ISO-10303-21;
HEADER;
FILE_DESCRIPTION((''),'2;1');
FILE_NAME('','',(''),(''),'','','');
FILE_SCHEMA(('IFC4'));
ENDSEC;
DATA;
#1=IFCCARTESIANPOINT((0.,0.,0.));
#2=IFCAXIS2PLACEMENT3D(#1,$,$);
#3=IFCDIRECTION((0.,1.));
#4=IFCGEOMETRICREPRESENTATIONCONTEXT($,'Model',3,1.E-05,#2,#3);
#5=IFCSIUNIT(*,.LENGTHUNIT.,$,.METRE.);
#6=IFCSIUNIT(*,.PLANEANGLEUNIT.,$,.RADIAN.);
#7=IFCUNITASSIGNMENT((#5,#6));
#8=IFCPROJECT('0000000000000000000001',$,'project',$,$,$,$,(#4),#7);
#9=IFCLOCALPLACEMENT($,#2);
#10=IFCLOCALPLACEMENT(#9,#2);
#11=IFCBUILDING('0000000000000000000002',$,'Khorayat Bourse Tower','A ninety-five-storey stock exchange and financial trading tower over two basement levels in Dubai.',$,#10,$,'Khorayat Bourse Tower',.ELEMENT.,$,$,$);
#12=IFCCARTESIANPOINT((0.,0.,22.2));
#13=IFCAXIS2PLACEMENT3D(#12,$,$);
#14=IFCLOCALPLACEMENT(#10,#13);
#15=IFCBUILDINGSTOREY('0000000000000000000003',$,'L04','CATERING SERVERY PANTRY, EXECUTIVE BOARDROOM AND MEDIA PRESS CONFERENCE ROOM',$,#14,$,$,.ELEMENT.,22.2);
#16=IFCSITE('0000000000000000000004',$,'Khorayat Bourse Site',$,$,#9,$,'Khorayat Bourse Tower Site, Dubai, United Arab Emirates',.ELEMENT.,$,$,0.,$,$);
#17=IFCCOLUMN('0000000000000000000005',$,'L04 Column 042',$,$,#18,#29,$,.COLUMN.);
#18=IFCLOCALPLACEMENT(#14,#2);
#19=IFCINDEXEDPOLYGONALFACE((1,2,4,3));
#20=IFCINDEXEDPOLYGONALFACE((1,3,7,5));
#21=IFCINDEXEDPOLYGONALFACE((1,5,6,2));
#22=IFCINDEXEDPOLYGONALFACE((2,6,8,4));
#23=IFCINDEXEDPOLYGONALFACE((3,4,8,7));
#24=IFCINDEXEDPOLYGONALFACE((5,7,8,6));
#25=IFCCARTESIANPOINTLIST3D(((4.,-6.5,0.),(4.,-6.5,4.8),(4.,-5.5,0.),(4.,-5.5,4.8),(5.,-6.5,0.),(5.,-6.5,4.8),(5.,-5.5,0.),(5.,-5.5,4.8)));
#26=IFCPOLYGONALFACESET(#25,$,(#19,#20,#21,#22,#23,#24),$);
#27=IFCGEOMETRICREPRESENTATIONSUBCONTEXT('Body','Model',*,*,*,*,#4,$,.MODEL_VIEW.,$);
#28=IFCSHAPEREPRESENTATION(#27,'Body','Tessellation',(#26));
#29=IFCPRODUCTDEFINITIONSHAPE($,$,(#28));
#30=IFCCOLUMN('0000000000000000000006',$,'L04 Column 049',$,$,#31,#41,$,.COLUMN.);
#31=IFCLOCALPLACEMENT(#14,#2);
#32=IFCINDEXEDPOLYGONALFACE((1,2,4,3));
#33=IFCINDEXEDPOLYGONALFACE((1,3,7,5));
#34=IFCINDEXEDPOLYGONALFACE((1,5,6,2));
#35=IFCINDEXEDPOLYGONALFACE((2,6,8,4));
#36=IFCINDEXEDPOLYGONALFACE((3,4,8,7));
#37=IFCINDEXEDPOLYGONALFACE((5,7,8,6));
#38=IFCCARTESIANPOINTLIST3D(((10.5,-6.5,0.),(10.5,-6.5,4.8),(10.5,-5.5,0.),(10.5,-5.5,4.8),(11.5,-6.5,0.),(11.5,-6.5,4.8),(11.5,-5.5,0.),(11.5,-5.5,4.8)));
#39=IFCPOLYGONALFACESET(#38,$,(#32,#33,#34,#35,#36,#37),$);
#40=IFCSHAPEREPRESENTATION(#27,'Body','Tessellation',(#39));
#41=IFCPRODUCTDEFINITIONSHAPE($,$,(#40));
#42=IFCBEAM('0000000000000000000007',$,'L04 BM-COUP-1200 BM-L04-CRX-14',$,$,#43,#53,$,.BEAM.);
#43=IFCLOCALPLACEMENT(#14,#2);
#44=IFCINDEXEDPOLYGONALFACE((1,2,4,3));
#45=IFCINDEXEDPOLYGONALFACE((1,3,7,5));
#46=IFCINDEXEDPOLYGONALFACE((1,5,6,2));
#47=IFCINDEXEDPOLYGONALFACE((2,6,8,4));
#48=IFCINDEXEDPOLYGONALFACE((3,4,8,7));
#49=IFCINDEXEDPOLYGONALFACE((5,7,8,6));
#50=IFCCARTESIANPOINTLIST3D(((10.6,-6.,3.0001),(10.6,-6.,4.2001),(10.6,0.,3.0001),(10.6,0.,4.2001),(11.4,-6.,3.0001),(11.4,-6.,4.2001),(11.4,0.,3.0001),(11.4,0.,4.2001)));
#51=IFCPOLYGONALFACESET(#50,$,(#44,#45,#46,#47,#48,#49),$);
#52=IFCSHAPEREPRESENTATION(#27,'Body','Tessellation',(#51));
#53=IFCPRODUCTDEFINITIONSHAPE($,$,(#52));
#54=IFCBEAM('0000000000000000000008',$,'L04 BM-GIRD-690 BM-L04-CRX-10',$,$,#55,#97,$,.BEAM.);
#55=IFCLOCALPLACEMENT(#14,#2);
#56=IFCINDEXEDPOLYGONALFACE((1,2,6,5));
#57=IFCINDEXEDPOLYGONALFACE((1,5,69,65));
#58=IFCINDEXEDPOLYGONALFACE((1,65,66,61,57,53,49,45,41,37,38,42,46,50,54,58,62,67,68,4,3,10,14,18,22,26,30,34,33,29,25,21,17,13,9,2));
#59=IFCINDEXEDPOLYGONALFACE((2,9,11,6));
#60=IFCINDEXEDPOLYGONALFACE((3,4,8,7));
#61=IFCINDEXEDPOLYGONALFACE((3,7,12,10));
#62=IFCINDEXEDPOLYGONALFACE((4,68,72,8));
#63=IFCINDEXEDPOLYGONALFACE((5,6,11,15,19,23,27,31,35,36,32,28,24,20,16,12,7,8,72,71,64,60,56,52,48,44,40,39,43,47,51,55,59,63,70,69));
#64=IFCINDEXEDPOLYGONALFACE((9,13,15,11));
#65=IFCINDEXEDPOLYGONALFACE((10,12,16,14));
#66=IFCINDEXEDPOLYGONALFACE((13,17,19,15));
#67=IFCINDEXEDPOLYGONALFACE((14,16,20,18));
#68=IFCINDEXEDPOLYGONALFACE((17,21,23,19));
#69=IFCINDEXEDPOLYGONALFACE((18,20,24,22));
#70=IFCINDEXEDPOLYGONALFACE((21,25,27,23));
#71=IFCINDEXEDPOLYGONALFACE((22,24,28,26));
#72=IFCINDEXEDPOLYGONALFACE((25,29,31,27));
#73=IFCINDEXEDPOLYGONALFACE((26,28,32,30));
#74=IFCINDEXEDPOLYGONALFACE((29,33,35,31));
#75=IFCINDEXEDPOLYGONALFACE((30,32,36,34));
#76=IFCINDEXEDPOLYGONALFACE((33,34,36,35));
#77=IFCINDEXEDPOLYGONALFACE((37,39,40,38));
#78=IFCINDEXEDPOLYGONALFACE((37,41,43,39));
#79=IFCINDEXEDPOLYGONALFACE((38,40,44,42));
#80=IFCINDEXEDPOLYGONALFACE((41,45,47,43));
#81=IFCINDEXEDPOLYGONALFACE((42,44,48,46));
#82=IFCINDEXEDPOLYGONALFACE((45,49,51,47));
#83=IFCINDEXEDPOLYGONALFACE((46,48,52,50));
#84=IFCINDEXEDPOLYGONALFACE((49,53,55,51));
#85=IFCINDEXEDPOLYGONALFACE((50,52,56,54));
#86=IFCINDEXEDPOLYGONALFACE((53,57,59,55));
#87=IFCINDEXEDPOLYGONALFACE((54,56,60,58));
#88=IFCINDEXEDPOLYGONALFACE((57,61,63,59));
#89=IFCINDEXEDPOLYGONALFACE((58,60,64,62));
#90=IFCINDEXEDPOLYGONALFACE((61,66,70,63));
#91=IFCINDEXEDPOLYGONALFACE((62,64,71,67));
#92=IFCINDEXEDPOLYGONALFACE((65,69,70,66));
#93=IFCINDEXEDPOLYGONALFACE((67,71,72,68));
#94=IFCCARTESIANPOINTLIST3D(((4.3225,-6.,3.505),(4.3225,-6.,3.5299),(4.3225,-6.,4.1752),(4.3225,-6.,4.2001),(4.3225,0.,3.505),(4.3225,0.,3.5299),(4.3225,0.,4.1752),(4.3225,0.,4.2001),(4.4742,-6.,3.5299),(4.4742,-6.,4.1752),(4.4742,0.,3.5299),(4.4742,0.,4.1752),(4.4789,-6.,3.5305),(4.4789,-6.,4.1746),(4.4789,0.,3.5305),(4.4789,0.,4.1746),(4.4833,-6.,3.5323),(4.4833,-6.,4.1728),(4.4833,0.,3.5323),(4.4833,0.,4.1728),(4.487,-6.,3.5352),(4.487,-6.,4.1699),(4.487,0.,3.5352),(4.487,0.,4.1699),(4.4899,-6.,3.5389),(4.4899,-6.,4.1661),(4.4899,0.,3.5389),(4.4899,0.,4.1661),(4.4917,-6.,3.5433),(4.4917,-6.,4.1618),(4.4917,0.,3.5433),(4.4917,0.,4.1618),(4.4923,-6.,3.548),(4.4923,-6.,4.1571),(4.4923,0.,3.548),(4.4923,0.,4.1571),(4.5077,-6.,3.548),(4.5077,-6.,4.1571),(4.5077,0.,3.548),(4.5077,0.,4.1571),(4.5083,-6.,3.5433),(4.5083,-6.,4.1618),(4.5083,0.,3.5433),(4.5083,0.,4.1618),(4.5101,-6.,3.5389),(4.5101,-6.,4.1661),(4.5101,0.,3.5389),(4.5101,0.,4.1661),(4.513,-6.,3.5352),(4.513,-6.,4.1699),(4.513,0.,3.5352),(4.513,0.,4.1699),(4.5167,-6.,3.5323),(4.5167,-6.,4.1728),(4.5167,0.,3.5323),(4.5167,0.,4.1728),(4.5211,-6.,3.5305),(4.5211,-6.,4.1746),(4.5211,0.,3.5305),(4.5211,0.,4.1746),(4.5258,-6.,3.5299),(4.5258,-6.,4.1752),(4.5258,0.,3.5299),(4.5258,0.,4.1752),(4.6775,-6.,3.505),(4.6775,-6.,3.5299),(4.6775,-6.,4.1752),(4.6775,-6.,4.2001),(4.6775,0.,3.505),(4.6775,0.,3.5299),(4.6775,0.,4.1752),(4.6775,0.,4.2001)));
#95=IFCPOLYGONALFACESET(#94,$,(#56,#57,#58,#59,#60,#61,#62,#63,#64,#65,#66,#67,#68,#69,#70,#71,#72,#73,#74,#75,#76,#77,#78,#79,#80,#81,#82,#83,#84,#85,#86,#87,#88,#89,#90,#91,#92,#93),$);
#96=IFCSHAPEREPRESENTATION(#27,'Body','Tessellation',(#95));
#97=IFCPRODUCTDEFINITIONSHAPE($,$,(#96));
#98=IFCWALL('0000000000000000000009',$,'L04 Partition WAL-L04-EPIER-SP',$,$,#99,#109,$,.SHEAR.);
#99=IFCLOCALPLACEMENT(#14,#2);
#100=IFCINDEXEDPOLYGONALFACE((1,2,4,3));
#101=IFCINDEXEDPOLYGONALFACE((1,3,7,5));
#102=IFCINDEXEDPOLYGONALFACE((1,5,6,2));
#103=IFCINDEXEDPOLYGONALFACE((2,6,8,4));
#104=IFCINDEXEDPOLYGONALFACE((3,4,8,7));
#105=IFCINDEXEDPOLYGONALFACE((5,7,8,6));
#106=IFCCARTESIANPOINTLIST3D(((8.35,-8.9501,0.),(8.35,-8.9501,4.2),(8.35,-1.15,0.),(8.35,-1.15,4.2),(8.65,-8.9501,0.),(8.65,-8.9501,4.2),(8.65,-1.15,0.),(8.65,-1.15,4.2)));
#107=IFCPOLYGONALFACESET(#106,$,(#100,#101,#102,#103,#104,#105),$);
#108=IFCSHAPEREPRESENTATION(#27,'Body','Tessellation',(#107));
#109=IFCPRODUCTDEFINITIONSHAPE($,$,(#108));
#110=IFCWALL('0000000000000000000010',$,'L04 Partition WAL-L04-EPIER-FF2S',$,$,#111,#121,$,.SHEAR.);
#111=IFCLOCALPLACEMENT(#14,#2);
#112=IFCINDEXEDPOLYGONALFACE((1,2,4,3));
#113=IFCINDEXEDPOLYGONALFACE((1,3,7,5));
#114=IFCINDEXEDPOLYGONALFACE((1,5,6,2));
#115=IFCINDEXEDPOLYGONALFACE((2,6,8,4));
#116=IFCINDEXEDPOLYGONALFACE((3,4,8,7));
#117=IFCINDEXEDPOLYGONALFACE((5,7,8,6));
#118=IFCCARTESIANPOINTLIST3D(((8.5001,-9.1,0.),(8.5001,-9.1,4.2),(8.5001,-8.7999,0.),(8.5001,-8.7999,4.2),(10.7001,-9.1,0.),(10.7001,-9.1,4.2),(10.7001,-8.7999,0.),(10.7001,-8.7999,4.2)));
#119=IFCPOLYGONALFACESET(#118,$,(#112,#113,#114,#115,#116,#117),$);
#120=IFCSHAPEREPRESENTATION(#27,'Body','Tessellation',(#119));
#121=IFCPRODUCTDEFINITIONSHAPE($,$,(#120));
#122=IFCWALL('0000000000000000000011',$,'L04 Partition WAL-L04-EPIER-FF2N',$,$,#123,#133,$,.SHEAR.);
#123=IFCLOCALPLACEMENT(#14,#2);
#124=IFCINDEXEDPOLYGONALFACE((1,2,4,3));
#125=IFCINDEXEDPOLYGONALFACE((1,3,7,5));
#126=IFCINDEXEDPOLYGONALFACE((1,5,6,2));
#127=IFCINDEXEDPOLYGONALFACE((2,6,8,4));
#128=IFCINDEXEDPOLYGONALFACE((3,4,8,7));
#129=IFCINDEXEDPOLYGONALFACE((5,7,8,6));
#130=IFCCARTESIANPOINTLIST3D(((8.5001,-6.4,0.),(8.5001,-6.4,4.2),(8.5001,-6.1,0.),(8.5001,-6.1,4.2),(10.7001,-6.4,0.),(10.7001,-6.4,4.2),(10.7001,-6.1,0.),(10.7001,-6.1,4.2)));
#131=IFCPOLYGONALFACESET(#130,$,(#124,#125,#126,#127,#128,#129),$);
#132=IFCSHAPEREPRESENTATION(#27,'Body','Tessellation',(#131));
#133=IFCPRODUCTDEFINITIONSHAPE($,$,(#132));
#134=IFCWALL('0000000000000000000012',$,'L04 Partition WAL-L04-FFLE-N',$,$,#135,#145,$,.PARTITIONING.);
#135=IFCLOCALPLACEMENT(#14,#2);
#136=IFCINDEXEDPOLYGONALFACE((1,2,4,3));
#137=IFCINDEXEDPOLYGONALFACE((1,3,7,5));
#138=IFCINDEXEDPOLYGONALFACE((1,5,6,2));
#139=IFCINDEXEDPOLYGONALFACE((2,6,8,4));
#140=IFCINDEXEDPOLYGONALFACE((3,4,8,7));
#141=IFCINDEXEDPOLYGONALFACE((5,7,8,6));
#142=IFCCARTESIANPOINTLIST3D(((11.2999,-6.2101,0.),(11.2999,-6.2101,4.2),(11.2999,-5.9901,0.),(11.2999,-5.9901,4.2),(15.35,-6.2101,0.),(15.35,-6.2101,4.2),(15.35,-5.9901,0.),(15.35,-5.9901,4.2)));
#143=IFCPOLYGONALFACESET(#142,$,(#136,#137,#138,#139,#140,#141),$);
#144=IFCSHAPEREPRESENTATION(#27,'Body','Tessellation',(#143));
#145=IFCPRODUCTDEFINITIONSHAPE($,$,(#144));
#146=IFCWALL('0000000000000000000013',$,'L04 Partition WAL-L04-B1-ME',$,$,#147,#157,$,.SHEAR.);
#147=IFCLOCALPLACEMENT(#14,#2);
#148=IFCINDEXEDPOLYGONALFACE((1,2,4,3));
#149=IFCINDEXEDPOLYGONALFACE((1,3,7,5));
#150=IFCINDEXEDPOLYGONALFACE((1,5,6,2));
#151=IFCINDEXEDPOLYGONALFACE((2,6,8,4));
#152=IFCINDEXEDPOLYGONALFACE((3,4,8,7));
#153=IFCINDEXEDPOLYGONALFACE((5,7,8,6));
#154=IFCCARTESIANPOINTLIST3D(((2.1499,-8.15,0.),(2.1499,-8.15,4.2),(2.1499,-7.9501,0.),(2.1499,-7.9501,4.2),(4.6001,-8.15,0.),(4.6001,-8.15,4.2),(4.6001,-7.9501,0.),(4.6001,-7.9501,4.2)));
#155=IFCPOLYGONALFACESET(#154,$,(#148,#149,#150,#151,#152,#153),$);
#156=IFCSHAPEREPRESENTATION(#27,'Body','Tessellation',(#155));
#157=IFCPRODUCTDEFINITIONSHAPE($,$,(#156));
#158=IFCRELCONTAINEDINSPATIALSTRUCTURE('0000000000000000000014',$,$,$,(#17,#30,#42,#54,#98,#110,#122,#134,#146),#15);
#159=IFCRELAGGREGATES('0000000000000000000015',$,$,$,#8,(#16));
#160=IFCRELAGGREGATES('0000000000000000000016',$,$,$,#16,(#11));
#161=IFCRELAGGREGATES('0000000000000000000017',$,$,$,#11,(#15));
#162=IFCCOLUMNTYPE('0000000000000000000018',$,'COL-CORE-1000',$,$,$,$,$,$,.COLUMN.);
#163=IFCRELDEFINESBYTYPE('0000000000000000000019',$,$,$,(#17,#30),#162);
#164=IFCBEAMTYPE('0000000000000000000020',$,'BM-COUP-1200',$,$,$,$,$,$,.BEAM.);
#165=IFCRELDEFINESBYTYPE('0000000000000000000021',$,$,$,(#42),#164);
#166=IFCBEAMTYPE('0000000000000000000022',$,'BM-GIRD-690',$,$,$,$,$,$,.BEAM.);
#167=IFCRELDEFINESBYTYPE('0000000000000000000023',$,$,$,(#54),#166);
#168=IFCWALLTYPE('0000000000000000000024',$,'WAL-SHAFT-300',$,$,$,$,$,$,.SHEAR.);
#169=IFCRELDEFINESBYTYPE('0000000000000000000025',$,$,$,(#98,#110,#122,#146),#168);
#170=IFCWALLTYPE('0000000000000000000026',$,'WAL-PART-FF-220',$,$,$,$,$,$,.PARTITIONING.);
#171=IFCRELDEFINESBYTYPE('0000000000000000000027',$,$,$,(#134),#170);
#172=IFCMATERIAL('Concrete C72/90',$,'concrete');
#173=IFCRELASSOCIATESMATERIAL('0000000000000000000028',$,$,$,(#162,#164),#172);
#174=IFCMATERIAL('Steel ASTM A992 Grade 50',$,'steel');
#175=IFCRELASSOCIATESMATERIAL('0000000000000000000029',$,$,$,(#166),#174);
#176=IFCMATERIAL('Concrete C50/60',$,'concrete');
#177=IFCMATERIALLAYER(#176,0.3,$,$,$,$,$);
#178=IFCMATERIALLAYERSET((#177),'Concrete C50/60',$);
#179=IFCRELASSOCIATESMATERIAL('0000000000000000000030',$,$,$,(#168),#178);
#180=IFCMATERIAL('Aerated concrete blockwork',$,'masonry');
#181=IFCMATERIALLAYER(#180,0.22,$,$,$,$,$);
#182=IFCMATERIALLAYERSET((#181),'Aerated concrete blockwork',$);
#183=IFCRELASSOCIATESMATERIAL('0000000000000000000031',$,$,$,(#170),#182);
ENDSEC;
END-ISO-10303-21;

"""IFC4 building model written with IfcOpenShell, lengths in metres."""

from ifc_helpers import new_model, si_unit, direction, frame, frame_2d, origin, origin_2d, place, context, subcontext, project, spatial, rectangle, i_section, extrude, source, transform, mapped, material, layer, layer_set, material_profile, profile_set, type_object, element, save


model = new_model("IFC4")

# Units and contexts
model_context = context("Model", 3, precision=1e-05, world=origin(), true_north=direction((0.0, 1.0)))
body_context = subcontext(model_context, "Body", "Model", "MODEL_VIEW")
ifc_project = project(units=[si_unit("LENGTHUNIT", "METRE"), si_unit("PLANEANGLEUNIT", "RADIAN")], contexts=[model_context])

# Site, building, storey
site_placement = place(None, origin())
site = spatial("IfcSite", under=ifc_project, at=site_placement, Name="Khorayat Bourse Site", LongName="Khorayat Bourse Tower Site, Dubai, United Arab Emirates", CompositionType="ELEMENT", RefElevation=0.0)
building_placement = place(site_placement, origin())
building = spatial("IfcBuilding", under=site, at=building_placement, Name="Khorayat Bourse Tower", Description="A ninety-five-storey stock exchange and financial trading tower over two basement levels in Dubai.", LongName="Khorayat Bourse Tower", CompositionType="ELEMENT")
storey_placement = place(building_placement, frame((0.0, 0.0, 22.2)))
storey = spatial("IfcBuildingStorey", under=building, at=storey_placement, Name="L04", Description="CATERING SERVERY PANTRY, EXECUTIVE BOARDROOM AND MEDIA PRESS CONFERENCE ROOM", CompositionType="ELEMENT", Elevation=22.2)

# Columns
ifc_material_1 = material(Name="Concrete C72/90", Category="concrete")
ifc_material_profile_1 = material_profile(ifc_material_1, rectangle(XDim=1.0, YDim=1.0, at=origin_2d()), Name="RC 1000x1000")
ifc_profile_set_1 = profile_set([ifc_material_profile_1], Name="Concrete C72/90")
column_type = type_object("IfcColumnType", Name="COL-CORE-1000", PredefinedType="COLUMN", material=ifc_profile_set_1)
shared_shape_1 = source(origin(), body_context, "Body", "SweptSolid", [
    extrude(rectangle(XDim=1.0, YDim=1.0, at=origin_2d()), origin(), (0.0, 0.0, 1.0), 4.8),
])
for number, where, z_axis, x_axis, name in (
    (1, (4.5, -6.0, 0.0), (0.0, 0.0, 1.0), (1.0, 0.0, 0.0), "L04 Column 042"),
    (2, (11.0, -6.0, 0.0), (0.0, 0.0, 1.0), (1.0, 0.0, 0.0), "L04 Column 049"),
):
    element("IfcColumn", number, at=place(storey_placement, frame(where, z_axis=z_axis, x_axis=x_axis)), inside=storey, type_object=column_type, Name=name, PredefinedType="COLUMN", context=body_context, shape_type="MappedRepresentation", body=[
        mapped(shared_shape_1, transform((0.0, 0.0, 0.0), scale=1.0)),
    ])

# Beams
ifc_material_profile_2 = material_profile(ifc_material_1, rectangle(XDim=0.8, YDim=1.2, at=origin_2d()), Name="RC 800x1200")
ifc_profile_set_2 = profile_set([ifc_material_profile_2], Name="Concrete C72/90")
beam_type_1 = type_object("IfcBeamType", Name="BM-COUP-1200", PredefinedType="BEAM", material=ifc_profile_set_2)
shared_shape_2 = source(origin(), body_context, "Body", "SweptSolid", [
    extrude(rectangle(XDim=0.8, YDim=1.2, at=origin_2d()), origin(), (0.0, 0.0, 1.0), 6.0),
])
beam_1_placement = place(storey_placement, frame((11.0, -6.0, 3.6001), z_axis=(0.0, 1.0, 0.0), x_axis=(-1.0, 0.0, 0.0)))
element("IfcBeam", 3, at=beam_1_placement, inside=storey, type_object=beam_type_1, Name="L04 BM-COUP-1200 BM-L04-CRX-14", PredefinedType="BEAM", context=body_context, shape_type="MappedRepresentation", body=[
    mapped(shared_shape_2, transform((0.0, 0.0, 0.0), scale=1.0)),
])
ifc_material_2 = material(Name="Steel ASTM A992 Grade 50", Category="steel")
ifc_material_profile_3 = material_profile(ifc_material_2, i_section(OverallWidth=0.355, OverallDepth=0.6951, WebThickness=0.0154, FlangeThickness=0.0249, FilletRadius=0.0181, at=origin_2d()), Name="W690X217")
ifc_profile_set_3 = profile_set([ifc_material_profile_3], Name="Steel ASTM A992 Grade 50")
beam_type_2 = type_object("IfcBeamType", Name="BM-GIRD-690", PredefinedType="BEAM", material=ifc_profile_set_3)
shared_shape_3 = source(origin(), body_context, "Body", "SweptSolid", [
    extrude(i_section(OverallWidth=0.355, OverallDepth=0.6951, WebThickness=0.0154, FlangeThickness=0.0249, FilletRadius=0.0181, at=origin_2d()), origin(), (0.0, 0.0, 1.0), 6.0),
])
beam_2_placement = place(storey_placement, frame((4.5, -6.0, 3.8525), z_axis=(0.0, 1.0, 0.0), x_axis=(-1.0, 0.0, 0.0)))
element("IfcBeam", 4, at=beam_2_placement, inside=storey, type_object=beam_type_2, Name="L04 BM-GIRD-690 BM-L04-CRX-10", PredefinedType="BEAM", context=body_context, shape_type="MappedRepresentation", body=[
    mapped(shared_shape_3, transform((0.0, 0.0, 0.0), scale=1.0)),
])

# Walls
ifc_material_3 = material(Name="Concrete C50/60", Category="concrete")
ifc_layer_1 = layer(ifc_material_3, 0.3)
ifc_layer_set_1 = layer_set([ifc_layer_1], Name="Concrete C50/60")
wall_type_1 = type_object("IfcWallType", Name="WAL-SHAFT-300", PredefinedType="SHEAR", material=ifc_layer_set_1)
shared_shape_4 = source(origin(), body_context, "Body", "SweptSolid", [
    extrude(rectangle(XDim=7.8, YDim=0.3, at=frame_2d((3.8999, 0.0))), origin(), (0.0, 0.0, 1.0), 4.2),
])
wall_1_placement = place(storey_placement, frame((8.5, -8.95, 0.0), z_axis=(0.0, 0.0, 1.0), x_axis=(0.0, 1.0, 0.0)))
element("IfcWall", 5, at=wall_1_placement, inside=storey, type_object=wall_type_1, Name="L04 Partition WAL-L04-EPIER-SP", PredefinedType="SHEAR", context=body_context, shape_type="MappedRepresentation", body=[
    mapped(shared_shape_4, transform((0.0, 0.0, 0.0), scale=1.0)),
])
shared_shape_5 = source(origin(), body_context, "Body", "SweptSolid", [
    extrude(rectangle(XDim=2.2, YDim=0.3, at=frame_2d((1.1001, 0.0))), origin(), (0.0, 0.0, 1.0), 4.2),
])
for number, where, z_axis, x_axis, name in (
    (6, (8.5, -8.95, 0.0), (0.0, 0.0, 1.0), (1.0, 0.0, 0.0), "L04 Partition WAL-L04-EPIER-FF2S"),
    (7, (8.5, -6.25, 0.0), (0.0, 0.0, 1.0), (1.0, 0.0, 0.0), "L04 Partition WAL-L04-EPIER-FF2N"),
):
    element("IfcWall", number, at=place(storey_placement, frame(where, z_axis=z_axis, x_axis=x_axis)), inside=storey, type_object=wall_type_1, Name=name, PredefinedType="SHEAR", context=body_context, shape_type="MappedRepresentation", body=[
        mapped(shared_shape_5, transform((0.0, 0.0, 0.0), scale=1.0)),
    ])
ifc_material_4 = material(Name="Aerated concrete blockwork", Category="masonry")
ifc_layer_2 = layer(ifc_material_4, 0.22)
ifc_layer_set_2 = layer_set([ifc_layer_2], Name="Aerated concrete blockwork")
wall_type_2 = type_object("IfcWallType", Name="WAL-PART-FF-220", PredefinedType="PARTITIONING", material=ifc_layer_set_2)
shared_shape_6 = source(origin(), body_context, "Body", "SweptSolid", [
    extrude(rectangle(XDim=4.05, YDim=0.22, at=frame_2d((2.0249, 0.0))), origin(), (0.0, 0.0, 1.0), 4.2),
])
wall_2_placement = place(storey_placement, frame((11.3, -6.1001, 0.0), z_axis=(0.0, 0.0, 1.0), x_axis=(1.0, 0.0, 0.0)))
element("IfcWall", 8, at=wall_2_placement, inside=storey, type_object=wall_type_2, Name="L04 Partition WAL-L04-FFLE-N", PredefinedType="PARTITIONING", context=body_context, shape_type="MappedRepresentation", body=[
    mapped(shared_shape_6, transform((0.0, 0.0, 0.0), scale=1.0)),
])
shared_shape_7 = source(origin(), body_context, "Body", "SweptSolid", [
    extrude(rectangle(XDim=2.4502, YDim=0.2, at=frame_2d((1.2251, 0.0))), origin(), (0.0, 0.0, 1.0), 4.2),
])
wall_3_placement = place(storey_placement, frame((2.1499, -8.05, 0.0), z_axis=(0.0, 0.0, 1.0), x_axis=(1.0, 0.0, 0.0)))
element("IfcWall", 9, at=wall_3_placement, inside=storey, type_object=wall_type_1, Name="L04 Partition WAL-L04-B1-ME", PredefinedType="SHEAR", context=body_context, shape_type="MappedRepresentation", body=[
    mapped(shared_shape_7, transform((0.0, 0.0, 0.0), scale=1.0)),
])

save(model, "model.ifc")
